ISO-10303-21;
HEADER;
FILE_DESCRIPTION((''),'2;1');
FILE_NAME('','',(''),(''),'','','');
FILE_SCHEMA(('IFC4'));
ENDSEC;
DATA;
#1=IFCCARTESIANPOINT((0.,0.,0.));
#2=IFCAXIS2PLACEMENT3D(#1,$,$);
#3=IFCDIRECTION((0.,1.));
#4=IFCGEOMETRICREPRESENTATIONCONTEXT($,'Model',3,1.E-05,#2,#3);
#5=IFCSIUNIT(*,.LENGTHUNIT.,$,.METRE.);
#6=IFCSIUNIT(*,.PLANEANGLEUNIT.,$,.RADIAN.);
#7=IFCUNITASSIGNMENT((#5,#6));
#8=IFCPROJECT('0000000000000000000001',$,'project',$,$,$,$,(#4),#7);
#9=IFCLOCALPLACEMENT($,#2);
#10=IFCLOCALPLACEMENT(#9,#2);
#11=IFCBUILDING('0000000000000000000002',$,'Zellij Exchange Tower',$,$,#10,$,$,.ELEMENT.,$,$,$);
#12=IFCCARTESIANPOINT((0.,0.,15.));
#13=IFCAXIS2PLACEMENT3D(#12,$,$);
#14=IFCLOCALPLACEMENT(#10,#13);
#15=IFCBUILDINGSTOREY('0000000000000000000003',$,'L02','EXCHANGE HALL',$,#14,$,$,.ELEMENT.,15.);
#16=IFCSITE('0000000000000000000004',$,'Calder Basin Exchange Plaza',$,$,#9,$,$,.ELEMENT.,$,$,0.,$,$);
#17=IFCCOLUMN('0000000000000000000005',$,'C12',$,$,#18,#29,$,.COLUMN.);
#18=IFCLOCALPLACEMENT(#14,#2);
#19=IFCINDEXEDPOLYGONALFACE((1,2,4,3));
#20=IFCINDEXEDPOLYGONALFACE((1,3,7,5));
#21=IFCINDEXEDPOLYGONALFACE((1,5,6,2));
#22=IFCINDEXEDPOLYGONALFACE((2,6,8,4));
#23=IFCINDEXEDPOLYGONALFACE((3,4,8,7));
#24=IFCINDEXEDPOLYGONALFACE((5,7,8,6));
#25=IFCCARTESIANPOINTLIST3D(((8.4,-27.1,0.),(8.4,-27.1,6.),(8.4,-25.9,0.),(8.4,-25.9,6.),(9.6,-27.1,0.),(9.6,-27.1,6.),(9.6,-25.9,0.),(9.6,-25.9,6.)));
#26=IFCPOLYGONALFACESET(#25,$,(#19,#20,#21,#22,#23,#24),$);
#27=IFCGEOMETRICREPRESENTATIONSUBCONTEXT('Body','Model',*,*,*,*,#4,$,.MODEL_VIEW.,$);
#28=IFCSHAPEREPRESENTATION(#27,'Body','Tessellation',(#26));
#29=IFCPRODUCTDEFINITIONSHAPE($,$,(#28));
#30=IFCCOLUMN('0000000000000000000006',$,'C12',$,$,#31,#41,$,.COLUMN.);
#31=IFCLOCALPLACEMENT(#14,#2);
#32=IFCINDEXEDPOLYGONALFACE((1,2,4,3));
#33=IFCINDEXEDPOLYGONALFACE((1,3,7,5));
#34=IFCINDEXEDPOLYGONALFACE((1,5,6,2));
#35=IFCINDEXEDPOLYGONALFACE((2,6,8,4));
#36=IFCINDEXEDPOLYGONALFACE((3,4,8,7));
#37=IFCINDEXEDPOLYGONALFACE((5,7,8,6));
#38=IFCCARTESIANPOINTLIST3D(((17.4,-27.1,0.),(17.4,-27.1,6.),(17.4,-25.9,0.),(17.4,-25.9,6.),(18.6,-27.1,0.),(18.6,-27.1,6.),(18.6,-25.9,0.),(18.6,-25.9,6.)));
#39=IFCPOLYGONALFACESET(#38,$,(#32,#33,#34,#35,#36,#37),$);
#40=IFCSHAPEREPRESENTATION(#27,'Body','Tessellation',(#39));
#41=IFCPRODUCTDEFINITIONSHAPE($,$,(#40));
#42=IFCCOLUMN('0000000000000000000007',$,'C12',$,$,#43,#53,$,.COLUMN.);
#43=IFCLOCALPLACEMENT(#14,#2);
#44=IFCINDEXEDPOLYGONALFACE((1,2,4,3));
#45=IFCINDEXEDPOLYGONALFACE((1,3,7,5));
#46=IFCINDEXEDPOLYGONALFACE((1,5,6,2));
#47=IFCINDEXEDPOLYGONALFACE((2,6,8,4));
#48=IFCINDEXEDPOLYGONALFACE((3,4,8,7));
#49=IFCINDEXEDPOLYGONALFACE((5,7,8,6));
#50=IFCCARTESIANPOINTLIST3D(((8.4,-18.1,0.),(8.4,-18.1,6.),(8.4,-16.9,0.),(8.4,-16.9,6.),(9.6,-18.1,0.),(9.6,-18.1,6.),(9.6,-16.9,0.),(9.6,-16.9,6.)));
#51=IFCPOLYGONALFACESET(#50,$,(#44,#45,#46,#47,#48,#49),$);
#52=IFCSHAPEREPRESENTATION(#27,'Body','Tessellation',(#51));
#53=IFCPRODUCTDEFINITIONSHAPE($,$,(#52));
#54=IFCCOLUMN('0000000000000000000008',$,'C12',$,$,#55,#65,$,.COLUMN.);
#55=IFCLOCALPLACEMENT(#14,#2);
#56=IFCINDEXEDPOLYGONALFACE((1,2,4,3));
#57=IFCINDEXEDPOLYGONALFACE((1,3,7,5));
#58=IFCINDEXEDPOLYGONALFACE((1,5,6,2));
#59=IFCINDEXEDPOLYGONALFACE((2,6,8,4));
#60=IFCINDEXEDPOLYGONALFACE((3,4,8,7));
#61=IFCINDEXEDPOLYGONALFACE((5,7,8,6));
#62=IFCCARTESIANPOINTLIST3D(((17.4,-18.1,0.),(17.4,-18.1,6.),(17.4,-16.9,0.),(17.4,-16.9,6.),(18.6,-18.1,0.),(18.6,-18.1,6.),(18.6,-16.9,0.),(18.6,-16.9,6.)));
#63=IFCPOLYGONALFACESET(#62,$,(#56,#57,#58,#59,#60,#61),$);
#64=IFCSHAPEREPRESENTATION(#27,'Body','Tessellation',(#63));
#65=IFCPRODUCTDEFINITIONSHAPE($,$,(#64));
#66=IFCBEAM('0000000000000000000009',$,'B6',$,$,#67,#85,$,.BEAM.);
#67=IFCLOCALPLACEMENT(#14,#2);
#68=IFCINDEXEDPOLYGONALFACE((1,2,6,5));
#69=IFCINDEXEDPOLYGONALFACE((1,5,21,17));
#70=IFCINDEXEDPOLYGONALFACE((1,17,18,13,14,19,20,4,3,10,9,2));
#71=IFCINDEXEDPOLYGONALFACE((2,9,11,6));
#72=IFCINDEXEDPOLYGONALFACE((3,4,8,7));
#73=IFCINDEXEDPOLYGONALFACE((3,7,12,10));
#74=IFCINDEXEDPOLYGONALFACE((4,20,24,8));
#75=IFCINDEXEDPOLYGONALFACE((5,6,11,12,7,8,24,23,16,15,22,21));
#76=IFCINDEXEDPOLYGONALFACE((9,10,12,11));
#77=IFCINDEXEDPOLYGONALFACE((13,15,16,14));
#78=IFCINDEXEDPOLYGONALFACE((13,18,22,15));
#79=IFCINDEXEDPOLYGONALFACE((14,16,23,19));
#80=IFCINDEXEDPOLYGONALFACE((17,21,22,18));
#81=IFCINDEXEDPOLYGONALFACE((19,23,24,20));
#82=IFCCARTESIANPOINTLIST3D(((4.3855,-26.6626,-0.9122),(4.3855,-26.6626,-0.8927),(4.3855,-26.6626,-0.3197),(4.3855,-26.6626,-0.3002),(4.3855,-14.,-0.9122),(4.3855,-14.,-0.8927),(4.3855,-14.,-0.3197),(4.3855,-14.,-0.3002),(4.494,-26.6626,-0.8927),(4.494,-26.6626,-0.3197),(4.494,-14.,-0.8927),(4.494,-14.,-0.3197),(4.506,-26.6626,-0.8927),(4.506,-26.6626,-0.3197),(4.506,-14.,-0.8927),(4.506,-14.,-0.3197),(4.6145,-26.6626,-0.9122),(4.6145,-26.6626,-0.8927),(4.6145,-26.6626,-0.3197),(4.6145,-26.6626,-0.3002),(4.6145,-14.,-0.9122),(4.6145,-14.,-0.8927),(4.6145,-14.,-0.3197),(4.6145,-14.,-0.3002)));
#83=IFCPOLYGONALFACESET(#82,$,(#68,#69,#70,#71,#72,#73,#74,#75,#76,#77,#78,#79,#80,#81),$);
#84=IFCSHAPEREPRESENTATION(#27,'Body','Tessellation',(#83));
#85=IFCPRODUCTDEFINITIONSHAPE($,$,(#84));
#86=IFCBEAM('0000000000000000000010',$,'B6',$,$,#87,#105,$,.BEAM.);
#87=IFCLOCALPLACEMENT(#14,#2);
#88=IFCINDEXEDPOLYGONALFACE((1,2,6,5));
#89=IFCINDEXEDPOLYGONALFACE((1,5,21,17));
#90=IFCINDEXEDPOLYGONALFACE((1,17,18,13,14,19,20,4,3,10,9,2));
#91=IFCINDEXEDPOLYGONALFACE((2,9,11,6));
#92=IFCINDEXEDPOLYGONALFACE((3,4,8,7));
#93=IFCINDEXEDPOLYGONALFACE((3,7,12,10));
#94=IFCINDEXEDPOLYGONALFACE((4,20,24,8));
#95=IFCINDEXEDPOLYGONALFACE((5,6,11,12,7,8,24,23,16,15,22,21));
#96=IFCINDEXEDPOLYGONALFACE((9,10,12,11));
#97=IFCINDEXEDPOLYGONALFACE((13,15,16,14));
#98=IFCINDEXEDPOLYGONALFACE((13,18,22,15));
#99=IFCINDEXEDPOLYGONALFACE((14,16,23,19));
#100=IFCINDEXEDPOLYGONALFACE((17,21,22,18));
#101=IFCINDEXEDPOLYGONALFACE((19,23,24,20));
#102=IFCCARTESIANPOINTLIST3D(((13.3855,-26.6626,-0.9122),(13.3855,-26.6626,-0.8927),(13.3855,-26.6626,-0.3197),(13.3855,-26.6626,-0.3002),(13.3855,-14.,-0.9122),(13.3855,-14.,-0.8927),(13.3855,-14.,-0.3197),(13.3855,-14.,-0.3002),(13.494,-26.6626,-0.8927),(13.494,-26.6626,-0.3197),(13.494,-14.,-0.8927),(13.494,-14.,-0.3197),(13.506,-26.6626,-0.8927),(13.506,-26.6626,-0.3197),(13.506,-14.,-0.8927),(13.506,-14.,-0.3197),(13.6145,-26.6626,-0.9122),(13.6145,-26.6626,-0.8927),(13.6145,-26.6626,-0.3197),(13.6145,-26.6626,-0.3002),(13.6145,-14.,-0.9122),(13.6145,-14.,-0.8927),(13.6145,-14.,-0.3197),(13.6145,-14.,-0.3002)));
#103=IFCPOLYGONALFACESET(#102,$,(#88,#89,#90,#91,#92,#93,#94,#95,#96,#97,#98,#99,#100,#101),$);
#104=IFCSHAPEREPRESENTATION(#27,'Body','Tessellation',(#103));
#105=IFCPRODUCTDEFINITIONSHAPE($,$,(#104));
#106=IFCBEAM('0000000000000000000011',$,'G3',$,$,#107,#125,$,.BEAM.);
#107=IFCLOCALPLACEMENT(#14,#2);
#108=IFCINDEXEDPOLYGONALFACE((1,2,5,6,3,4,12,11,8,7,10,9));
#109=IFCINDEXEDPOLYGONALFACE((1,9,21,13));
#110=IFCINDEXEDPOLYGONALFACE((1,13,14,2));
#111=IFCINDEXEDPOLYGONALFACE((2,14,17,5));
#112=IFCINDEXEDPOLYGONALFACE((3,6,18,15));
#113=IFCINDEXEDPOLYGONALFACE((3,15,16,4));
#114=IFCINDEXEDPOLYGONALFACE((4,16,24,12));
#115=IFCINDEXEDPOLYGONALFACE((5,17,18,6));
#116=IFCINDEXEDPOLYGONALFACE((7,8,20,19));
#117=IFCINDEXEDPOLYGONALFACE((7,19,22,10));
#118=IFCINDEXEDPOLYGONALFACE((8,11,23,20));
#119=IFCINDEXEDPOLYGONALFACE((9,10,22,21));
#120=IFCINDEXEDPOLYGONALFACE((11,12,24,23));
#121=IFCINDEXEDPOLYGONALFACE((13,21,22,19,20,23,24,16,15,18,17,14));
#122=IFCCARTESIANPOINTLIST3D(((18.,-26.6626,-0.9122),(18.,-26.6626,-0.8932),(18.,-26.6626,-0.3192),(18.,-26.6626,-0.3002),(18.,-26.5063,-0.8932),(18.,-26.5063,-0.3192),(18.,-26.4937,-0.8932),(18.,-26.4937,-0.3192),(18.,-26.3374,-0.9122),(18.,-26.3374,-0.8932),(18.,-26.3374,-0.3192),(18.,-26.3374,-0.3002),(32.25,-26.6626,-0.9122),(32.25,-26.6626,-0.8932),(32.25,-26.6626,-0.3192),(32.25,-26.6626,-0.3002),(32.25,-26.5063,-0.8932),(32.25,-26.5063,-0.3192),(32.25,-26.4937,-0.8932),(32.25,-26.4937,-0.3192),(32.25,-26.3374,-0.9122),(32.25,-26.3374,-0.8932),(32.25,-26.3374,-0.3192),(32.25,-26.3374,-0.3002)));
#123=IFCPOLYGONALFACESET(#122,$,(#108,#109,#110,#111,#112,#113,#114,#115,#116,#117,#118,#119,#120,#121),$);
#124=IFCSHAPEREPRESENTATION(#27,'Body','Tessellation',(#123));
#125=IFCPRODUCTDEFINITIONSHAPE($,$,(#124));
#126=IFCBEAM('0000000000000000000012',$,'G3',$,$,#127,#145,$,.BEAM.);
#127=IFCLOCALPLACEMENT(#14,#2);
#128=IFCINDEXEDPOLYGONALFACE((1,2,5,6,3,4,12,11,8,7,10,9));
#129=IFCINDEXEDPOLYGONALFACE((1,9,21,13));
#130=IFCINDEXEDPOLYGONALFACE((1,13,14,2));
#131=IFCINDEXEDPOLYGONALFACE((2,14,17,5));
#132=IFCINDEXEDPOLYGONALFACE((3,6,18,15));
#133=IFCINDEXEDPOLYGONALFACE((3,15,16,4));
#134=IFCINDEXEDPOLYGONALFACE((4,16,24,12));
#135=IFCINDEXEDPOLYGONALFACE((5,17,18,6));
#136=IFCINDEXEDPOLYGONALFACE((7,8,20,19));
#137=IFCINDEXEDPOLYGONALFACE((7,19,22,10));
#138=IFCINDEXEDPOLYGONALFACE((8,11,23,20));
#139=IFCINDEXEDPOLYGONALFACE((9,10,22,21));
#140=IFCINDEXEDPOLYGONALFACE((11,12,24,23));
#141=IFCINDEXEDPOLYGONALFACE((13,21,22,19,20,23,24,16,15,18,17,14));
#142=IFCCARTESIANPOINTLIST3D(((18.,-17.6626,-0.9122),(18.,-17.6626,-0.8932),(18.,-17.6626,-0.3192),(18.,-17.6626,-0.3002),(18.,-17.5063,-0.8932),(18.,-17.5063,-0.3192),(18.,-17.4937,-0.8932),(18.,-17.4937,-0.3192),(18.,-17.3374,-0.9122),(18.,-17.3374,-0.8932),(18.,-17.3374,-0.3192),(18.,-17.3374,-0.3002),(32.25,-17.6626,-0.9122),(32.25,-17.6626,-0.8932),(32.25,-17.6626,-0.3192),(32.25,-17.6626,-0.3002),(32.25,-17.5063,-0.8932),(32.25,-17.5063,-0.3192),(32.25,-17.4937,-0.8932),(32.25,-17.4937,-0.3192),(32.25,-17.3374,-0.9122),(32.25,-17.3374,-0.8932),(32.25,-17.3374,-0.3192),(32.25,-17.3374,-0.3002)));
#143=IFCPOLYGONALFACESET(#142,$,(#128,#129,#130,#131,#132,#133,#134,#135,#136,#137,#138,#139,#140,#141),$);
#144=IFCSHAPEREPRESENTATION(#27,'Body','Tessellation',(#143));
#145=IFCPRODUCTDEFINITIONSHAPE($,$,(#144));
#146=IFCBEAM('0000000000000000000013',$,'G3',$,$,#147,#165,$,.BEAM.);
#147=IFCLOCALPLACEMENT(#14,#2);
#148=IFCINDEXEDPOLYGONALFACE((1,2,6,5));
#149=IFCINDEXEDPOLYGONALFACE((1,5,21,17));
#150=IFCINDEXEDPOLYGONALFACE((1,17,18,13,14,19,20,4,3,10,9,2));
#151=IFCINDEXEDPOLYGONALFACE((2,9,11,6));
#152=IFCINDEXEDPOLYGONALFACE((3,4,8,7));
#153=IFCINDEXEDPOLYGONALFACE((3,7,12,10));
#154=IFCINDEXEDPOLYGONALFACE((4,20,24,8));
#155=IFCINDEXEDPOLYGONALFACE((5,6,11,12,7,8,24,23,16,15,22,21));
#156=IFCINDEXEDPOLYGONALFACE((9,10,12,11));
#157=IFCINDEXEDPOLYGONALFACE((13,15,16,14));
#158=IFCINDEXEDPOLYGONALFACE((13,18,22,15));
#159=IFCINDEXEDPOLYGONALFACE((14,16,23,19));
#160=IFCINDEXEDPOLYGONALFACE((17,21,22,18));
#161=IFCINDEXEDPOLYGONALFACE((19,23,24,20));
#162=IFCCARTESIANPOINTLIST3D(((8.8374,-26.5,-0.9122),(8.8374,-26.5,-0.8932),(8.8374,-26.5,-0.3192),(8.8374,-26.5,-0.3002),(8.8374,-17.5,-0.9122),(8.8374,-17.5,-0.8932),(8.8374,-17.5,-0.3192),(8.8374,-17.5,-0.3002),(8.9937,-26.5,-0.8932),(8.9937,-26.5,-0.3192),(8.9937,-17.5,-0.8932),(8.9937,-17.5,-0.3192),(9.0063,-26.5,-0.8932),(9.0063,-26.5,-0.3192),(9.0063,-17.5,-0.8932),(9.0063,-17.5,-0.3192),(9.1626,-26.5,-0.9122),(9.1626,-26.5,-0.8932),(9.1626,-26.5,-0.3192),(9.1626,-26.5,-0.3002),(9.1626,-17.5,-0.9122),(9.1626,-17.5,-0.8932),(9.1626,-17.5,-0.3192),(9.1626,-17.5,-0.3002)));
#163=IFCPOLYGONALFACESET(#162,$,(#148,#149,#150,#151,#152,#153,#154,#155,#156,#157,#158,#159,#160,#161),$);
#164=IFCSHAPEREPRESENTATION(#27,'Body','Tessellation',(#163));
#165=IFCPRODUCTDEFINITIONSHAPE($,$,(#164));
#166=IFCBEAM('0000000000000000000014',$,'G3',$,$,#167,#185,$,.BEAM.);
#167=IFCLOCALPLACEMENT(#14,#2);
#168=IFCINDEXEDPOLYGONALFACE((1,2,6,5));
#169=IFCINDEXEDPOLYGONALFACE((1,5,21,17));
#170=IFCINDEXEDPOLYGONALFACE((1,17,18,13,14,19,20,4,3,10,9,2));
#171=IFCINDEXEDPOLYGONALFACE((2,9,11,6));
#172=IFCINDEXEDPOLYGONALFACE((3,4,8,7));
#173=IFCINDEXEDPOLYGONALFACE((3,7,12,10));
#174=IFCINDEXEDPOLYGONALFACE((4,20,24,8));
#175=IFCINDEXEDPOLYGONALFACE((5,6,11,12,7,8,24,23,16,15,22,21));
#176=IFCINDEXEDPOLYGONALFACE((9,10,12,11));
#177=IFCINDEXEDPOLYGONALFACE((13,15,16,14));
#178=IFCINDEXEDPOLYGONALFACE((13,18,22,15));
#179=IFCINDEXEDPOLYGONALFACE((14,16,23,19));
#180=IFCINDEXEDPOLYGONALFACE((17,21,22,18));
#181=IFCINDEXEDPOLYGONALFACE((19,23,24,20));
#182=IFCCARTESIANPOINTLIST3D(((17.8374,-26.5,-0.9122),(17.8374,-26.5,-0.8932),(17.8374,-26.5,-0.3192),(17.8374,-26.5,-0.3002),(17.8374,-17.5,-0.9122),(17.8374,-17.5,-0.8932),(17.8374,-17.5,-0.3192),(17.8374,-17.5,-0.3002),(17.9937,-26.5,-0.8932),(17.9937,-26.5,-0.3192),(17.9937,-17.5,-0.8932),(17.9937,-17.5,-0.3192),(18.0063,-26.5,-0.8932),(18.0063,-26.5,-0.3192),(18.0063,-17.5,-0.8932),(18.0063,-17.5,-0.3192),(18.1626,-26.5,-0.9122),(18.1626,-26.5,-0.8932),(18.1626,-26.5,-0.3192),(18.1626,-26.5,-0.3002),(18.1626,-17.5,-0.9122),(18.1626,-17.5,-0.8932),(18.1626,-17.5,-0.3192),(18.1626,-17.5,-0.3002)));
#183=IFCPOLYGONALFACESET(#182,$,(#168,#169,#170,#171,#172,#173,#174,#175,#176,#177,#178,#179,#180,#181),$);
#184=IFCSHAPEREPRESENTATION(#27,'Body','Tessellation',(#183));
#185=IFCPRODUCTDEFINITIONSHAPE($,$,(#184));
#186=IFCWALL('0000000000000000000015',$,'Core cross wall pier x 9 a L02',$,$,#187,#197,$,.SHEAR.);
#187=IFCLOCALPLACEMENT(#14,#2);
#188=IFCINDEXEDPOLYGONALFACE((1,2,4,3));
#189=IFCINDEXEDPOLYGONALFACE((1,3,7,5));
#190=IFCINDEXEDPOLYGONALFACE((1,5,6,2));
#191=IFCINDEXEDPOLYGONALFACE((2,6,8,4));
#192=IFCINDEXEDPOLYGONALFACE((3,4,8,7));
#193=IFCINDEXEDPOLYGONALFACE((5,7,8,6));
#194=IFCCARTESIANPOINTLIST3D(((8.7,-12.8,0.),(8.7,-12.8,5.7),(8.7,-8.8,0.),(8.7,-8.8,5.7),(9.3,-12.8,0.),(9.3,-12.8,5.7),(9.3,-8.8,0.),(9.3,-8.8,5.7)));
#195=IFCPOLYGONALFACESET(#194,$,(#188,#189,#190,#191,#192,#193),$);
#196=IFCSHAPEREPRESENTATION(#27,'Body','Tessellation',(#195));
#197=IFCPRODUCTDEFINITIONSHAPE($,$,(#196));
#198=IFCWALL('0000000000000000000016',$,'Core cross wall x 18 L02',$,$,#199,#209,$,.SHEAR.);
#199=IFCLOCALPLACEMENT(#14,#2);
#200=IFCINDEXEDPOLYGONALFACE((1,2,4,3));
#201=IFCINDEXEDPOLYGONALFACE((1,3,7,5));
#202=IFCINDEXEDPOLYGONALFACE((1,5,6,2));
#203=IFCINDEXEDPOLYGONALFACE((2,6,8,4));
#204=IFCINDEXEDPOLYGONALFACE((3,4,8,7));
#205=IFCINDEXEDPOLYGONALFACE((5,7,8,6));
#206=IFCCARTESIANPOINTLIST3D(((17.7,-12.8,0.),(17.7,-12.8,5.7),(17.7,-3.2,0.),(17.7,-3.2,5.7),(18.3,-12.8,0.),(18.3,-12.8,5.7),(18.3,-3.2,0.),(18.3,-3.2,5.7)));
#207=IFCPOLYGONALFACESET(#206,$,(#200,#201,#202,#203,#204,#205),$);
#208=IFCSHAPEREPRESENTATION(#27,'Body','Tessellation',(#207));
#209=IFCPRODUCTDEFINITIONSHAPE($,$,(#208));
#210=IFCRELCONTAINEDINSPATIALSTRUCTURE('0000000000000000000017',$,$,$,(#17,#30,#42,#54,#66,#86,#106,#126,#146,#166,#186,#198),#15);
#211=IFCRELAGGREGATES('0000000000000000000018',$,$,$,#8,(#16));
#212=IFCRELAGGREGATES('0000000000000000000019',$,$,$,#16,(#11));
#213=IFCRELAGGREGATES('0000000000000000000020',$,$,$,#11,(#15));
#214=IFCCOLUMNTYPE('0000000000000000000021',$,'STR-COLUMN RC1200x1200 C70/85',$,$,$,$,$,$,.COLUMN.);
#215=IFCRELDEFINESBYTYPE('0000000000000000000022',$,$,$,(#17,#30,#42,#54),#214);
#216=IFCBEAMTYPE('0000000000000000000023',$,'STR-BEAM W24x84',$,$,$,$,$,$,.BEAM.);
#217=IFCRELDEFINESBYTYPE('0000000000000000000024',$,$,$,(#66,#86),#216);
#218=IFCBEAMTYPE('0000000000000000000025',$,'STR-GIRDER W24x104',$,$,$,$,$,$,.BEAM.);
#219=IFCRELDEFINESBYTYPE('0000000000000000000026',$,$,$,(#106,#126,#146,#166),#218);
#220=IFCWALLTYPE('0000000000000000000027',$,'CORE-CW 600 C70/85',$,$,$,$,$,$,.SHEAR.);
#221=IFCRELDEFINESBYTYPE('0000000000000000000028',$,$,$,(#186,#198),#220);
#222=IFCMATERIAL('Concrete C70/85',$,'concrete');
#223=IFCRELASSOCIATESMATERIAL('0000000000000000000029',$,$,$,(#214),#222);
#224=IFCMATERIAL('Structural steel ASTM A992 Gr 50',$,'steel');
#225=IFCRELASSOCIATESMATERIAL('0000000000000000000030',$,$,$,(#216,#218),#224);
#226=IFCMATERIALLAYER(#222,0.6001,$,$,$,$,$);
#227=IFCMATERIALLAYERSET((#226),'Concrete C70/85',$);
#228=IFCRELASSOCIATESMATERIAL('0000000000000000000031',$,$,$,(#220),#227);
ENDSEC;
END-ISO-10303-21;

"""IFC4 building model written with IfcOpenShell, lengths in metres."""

from ifc_helpers import new_model, si_unit, direction, frame, frame_2d, origin, origin_2d, place, context, subcontext, project, spatial, rectangle, i_section, extrude, material, layer, layer_set, material_profile, profile_set, type_object, element, save


model = new_model("IFC4")

# Units and contexts
model_context = context("Model", 3, precision=1e-05, world=origin(), true_north=direction((0.0, 1.0)))
body_context = subcontext(model_context, "Body", "Model", "MODEL_VIEW")
ifc_project = project(units=[si_unit("LENGTHUNIT", "METRE"), si_unit("PLANEANGLEUNIT", "RADIAN")], contexts=[model_context])

# Site, building, storey
site_placement = place(None, origin())
site = spatial("IfcSite", under=ifc_project, at=site_placement, Name="Calder Basin Exchange Plaza", CompositionType="ELEMENT", RefElevation=0.0)
building_placement = place(site_placement, origin())
building = spatial("IfcBuilding", under=site, at=building_placement, Name="Zellij Exchange Tower", CompositionType="ELEMENT")
storey_placement = place(building_placement, frame((0.0, 0.0, 15.0)))
storey = spatial("IfcBuildingStorey", under=building, at=storey_placement, Name="L02", Description="EXCHANGE HALL", CompositionType="ELEMENT", Elevation=15.0)

# Columns
ifc_material_1 = material(Name="Concrete C70/85", Category="concrete")
ifc_material_profile_1 = material_profile(ifc_material_1, rectangle(XDim=1.2, YDim=1.2, at=origin_2d()), Name="STR-COLUMN RC1200x1200 C70/85")
ifc_profile_set_1 = profile_set([ifc_material_profile_1], Name="Concrete C70/85")
column_type = type_object("IfcColumnType", Name="STR-COLUMN RC1200x1200 C70/85", PredefinedType="COLUMN", material=ifc_profile_set_1)
for number, where, z_axis, x_axis, name in (
    (1, (9.0, -26.5, 0.0), (0.0, 0.0, 1.0), (1.0, 0.0, 0.0), "C12"),
    (2, (18.0, -26.5, 0.0), (0.0, 0.0, 1.0), (1.0, 0.0, 0.0), "C12"),
    (3, (9.0, -17.5, 0.0), (0.0, 0.0, 1.0), (1.0, 0.0, 0.0), "C12"),
    (4, (18.0, -17.5, 0.0), (0.0, 0.0, 1.0), (1.0, 0.0, 0.0), "C12"),
):
    element("IfcColumn", number, at=place(storey_placement, frame(where, z_axis=z_axis, x_axis=x_axis)), inside=storey, type_object=column_type, Name=name, PredefinedType="COLUMN", context=body_context, shape_type="SweptSolid", body=[
        extrude(rectangle(XDim=1.2, YDim=1.2, at=origin_2d()), origin(), (0.0, 0.0, 1.0), 6.0),
    ])

# Beams
ifc_material_2 = material(Name="Structural steel ASTM A992 Gr 50", Category="steel")
ifc_material_profile_2 = material_profile(ifc_material_2, i_section(OverallWidth=0.229, OverallDepth=0.6121, WebThickness=0.012, FlangeThickness=0.0195, at=origin_2d()), Name="W24x84")
ifc_profile_set_2 = profile_set([ifc_material_profile_2], Name="Structural steel ASTM A992 Gr 50")
beam_type_1 = type_object("IfcBeamType", Name="STR-BEAM W24x84", PredefinedType="BEAM", material=ifc_profile_set_2)
for number, where, z_axis, x_axis, name in (
    (5, (4.5, -26.6626, -0.6062), (0.0, 1.0, 0.0), (-1.0, 0.0, 0.0), "B6"),
    (6, (13.5, -26.6626, -0.6062), (0.0, 1.0, 0.0), (-1.0, 0.0, 0.0), "B6"),
):
    element("IfcBeam", number, at=place(storey_placement, frame(where, z_axis=z_axis, x_axis=x_axis)), inside=storey, type_object=beam_type_1, Name=name, PredefinedType="BEAM", context=body_context, shape_type="SweptSolid", body=[
        extrude(i_section(OverallWidth=0.229, OverallDepth=0.6121, WebThickness=0.012, FlangeThickness=0.0195, at=origin_2d()), origin(), (0.0, 0.0, 1.0), 12.6626),
    ])
ifc_material_profile_3 = material_profile(ifc_material_2, i_section(OverallWidth=0.3252, OverallDepth=0.6121, WebThickness=0.0127, FlangeThickness=0.019, at=origin_2d()), Name="W24x104")
ifc_profile_set_3 = profile_set([ifc_material_profile_3], Name="Structural steel ASTM A992 Gr 50")
beam_type_2 = type_object("IfcBeamType", Name="STR-GIRDER W24x104", PredefinedType="BEAM", material=ifc_profile_set_3)
for number, where, z_axis, x_axis, name in (
    (7, (18.0, -26.5, -0.6062), (1.0, 0.0, 0.0), (0.0, 1.0, 0.0), "G3"),
    (8, (18.0, -17.5, -0.6062), (1.0, 0.0, 0.0), (0.0, 1.0, 0.0), "G3"),
):
    element("IfcBeam", number, at=place(storey_placement, frame(where, z_axis=z_axis, x_axis=x_axis)), inside=storey, type_object=beam_type_2, Name=name, PredefinedType="BEAM", context=body_context, shape_type="SweptSolid", body=[
        extrude(i_section(OverallWidth=0.3252, OverallDepth=0.6121, WebThickness=0.0127, FlangeThickness=0.019, at=origin_2d()), origin(), (0.0, 0.0, 1.0), 14.25),
    ])
for number, where, z_axis, x_axis, name in (
    (9, (9.0, -26.5, -0.6062), (0.0, 1.0, 0.0), (-1.0, 0.0, 0.0), "G3"),
    (10, (18.0, -26.5, -0.6062), (0.0, 1.0, 0.0), (-1.0, 0.0, 0.0), "G3"),
):
    element("IfcBeam", number, at=place(storey_placement, frame(where, z_axis=z_axis, x_axis=x_axis)), inside=storey, type_object=beam_type_2, Name=name, PredefinedType="BEAM", context=body_context, shape_type="SweptSolid", body=[
        extrude(i_section(OverallWidth=0.3252, OverallDepth=0.6121, WebThickness=0.0127, FlangeThickness=0.019, at=origin_2d()), origin(), (0.0, 0.0, 1.0), 9.0),
    ])

# Walls
ifc_layer_1 = layer(ifc_material_1, 0.6001)
ifc_layer_set_1 = layer_set([ifc_layer_1], Name="Concrete C70/85")
wall_type_1 = type_object("IfcWallType", Name="CORE-CW 600 C70/85", PredefinedType="SHEAR", material=ifc_layer_set_1)
wall_1_placement = place(storey_placement, frame((9.0, -12.8, 0.0), z_axis=(0.0, 0.0, 1.0), x_axis=(0.0, 1.0, 0.0)))
element("IfcWall", 11, at=wall_1_placement, inside=storey, type_object=wall_type_1, Name="Core cross wall pier x 9 a L02", PredefinedType="SHEAR", context=body_context, shape_type="SweptSolid", body=[
    extrude(rectangle(XDim=4.0, YDim=0.6001, at=frame_2d((2.0, 0.0))), origin(), (0.0, 0.0, 1.0), 5.7),
])
wall_2_placement = place(storey_placement, frame((18.0, -12.8, 0.0), z_axis=(0.0, 0.0, 1.0), x_axis=(0.0, 1.0, 0.0)))
element("IfcWall", 12, at=wall_2_placement, inside=storey, type_object=wall_type_1, Name="Core cross wall x 18 L02", PredefinedType="SHEAR", context=body_context, shape_type="SweptSolid", body=[
    extrude(rectangle(XDim=9.6001, YDim=0.6001, at=frame_2d((4.8, 0.0))), origin(), (0.0, 0.0, 1.0), 5.7),
])

save(model, "model.ifc")
